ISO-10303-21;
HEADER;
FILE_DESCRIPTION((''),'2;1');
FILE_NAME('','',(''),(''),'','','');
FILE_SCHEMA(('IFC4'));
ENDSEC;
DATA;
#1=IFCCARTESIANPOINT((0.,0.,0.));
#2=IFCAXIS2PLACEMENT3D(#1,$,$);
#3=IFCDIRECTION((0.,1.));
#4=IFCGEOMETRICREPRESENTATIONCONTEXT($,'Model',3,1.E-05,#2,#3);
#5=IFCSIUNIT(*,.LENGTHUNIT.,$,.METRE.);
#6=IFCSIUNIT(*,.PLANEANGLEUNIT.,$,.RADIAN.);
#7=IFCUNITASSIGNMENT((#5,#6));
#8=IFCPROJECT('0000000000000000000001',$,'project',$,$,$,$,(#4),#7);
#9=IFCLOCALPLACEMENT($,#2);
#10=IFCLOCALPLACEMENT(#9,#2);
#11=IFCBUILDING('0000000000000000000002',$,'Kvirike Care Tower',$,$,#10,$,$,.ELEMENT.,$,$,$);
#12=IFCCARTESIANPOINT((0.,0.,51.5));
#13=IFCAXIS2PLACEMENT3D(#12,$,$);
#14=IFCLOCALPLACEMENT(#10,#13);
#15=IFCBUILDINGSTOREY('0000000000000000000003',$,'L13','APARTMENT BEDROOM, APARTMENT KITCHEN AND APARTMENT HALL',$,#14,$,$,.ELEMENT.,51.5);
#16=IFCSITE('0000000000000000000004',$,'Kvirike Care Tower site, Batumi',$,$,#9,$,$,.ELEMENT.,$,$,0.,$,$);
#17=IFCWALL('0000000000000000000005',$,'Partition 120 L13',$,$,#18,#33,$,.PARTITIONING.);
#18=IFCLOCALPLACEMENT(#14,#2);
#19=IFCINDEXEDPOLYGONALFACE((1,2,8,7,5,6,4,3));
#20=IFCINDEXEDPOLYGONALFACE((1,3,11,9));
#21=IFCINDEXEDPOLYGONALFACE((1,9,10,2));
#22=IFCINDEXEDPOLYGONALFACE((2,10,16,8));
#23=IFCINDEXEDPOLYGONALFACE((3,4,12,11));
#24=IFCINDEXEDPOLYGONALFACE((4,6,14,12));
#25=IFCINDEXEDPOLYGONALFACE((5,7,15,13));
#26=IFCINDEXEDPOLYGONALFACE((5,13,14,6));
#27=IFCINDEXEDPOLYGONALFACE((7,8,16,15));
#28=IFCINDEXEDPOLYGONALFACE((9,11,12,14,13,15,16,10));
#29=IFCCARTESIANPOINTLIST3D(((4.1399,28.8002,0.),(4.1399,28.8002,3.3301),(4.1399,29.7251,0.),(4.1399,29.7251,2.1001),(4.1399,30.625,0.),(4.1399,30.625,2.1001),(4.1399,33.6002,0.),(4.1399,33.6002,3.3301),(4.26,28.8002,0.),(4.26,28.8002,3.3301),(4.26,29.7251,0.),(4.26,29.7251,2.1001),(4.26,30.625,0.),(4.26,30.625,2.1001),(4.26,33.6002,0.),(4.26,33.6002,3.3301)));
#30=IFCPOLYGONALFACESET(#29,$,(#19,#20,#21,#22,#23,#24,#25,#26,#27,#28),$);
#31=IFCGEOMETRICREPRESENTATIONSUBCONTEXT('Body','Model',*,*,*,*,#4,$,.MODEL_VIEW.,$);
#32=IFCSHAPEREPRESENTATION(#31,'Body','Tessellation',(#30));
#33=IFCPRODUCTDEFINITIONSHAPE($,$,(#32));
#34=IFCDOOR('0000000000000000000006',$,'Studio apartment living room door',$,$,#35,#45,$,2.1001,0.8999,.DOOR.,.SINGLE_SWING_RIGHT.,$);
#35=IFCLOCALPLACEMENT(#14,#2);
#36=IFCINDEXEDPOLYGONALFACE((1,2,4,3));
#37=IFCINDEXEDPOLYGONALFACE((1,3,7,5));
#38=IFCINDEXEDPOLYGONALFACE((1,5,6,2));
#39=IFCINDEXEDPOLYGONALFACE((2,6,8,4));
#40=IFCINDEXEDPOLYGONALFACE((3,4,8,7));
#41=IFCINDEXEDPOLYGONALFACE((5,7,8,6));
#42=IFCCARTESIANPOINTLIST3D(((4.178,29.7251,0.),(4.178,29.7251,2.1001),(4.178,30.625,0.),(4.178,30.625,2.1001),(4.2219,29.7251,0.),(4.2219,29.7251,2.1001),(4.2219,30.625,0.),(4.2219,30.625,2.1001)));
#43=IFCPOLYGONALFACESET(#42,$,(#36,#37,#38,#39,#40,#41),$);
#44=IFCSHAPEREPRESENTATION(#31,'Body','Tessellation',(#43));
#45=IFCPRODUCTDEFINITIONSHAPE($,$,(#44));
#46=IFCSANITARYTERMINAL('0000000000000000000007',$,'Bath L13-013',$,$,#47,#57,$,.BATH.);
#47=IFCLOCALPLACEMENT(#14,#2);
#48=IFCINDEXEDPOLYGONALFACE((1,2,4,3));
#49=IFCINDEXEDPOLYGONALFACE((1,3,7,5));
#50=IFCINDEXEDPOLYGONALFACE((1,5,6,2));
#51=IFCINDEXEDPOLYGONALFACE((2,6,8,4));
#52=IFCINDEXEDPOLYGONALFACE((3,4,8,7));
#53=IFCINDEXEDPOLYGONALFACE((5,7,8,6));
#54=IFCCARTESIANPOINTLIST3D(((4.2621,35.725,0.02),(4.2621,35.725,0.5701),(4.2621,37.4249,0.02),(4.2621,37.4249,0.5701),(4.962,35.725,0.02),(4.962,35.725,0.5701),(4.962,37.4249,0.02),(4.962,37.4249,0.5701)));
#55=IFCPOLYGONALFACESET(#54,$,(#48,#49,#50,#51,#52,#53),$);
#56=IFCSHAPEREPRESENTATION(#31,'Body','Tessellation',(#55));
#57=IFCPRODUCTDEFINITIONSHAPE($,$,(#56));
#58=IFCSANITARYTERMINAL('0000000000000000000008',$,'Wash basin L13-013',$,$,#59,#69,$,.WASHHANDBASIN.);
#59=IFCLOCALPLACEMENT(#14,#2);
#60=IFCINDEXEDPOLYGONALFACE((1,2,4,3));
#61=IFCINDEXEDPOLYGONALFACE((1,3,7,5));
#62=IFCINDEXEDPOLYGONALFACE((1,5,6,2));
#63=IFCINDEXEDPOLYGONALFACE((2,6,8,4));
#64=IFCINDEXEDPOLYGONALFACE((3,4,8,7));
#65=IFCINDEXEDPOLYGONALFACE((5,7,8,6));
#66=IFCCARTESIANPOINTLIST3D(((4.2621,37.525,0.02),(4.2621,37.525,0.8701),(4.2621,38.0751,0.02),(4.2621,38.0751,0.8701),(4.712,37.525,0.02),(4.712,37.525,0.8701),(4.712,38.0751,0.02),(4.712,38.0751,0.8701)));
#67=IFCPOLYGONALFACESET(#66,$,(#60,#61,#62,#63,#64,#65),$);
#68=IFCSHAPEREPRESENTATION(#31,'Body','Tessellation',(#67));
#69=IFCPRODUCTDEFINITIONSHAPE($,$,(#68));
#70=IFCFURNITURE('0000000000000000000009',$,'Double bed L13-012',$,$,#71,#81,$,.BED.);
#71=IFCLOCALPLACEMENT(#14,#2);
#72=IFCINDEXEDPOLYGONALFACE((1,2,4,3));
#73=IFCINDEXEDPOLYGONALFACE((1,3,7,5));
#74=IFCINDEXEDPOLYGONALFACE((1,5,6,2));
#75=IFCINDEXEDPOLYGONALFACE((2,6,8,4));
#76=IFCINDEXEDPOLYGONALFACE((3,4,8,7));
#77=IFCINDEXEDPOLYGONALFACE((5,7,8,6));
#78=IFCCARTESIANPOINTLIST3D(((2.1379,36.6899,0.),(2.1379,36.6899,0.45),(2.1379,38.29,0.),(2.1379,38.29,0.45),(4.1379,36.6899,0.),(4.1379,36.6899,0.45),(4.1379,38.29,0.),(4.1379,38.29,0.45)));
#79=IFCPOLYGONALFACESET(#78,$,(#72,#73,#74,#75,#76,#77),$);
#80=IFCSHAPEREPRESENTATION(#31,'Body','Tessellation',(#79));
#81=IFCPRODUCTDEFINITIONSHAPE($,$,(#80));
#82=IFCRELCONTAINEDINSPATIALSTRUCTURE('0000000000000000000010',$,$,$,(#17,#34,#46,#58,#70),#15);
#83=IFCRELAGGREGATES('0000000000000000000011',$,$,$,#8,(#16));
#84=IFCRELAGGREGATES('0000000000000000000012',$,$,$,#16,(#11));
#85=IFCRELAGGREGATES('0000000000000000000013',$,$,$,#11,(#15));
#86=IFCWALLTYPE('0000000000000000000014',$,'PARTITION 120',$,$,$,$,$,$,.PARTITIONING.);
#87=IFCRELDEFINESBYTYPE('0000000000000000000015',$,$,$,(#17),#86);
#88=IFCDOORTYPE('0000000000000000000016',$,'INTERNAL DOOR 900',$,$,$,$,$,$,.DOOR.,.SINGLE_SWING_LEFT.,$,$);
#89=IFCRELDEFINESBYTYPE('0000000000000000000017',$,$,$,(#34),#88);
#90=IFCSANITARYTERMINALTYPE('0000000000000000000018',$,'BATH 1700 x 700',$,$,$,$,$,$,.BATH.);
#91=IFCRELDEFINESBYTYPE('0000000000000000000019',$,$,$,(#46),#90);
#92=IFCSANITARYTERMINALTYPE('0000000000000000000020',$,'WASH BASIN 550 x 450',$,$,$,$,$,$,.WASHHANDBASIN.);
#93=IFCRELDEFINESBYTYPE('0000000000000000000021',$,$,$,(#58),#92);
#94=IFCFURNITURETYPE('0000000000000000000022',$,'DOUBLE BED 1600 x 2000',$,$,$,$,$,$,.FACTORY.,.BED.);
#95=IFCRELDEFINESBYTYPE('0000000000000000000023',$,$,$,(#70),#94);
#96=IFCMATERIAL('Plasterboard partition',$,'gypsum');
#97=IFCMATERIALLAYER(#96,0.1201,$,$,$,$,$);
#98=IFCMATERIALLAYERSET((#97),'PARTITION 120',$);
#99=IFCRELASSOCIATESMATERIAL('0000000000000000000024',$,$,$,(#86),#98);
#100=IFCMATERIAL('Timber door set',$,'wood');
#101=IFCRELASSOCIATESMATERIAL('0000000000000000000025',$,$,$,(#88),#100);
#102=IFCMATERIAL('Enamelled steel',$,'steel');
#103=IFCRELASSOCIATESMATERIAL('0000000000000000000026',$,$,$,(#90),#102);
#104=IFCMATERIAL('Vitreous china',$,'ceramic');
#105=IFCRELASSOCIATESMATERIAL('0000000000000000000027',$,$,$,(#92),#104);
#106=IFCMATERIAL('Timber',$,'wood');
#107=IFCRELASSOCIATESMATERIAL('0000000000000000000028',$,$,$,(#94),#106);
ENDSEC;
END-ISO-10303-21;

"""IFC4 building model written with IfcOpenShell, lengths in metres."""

from ifc_helpers import new_model, si_unit, direction, frame, frame_2d, origin, origin_2d, place, context, subcontext, project, spatial, rectangle, extrude, material, layer, layer_set, type_object, element, fill, save


model = new_model("IFC4")

# Units and contexts
model_context = context("Model", 3, precision=1e-05, world=origin(), true_north=direction((0.0, 1.0)))
body_context = subcontext(model_context, "Body", "Model", "MODEL_VIEW")
ifc_project = project(units=[si_unit("LENGTHUNIT", "METRE"), si_unit("PLANEANGLEUNIT", "RADIAN")], contexts=[model_context])

# Site, building, storey
site_placement = place(None, origin())
site = spatial("IfcSite", under=ifc_project, at=site_placement, Name="Kvirike Care Tower site, Batumi", CompositionType="ELEMENT", RefElevation=0.0)
building_placement = place(site_placement, origin())
building = spatial("IfcBuilding", under=site, at=building_placement, Name="Kvirike Care Tower", CompositionType="ELEMENT")
storey_placement = place(building_placement, frame((0.0, 0.0, 51.5)))
storey = spatial("IfcBuildingStorey", under=building, at=storey_placement, Name="L13", Description="APARTMENT BEDROOM, APARTMENT KITCHEN AND APARTMENT HALL", CompositionType="ELEMENT", Elevation=51.5)

# Shared definitions
ifc_material_1 = material(Name="Plasterboard partition", Category="gypsum")
ifc_layer_1 = layer(ifc_material_1, 0.1201)
ifc_layer_set_1 = layer_set([ifc_layer_1], Name="PARTITION 120")
wall_type_1 = type_object("IfcWallType", Name="PARTITION 120", PredefinedType="PARTITIONING", material=ifc_layer_set_1)
ifc_material_2 = material(Name="Timber door set", Category="wood")
door_type_1 = type_object("IfcDoorType", Name="INTERNAL DOOR 900", OperationType="SINGLE_SWING_LEFT", PredefinedType="DOOR", material=ifc_material_2)

# Wall, opening, door
wall_1_placement = place(storey_placement, frame((4.2, 33.6001, 0.0), z_axis=(0.0, 0.0, 1.0), x_axis=(0.0, -1.0, 0.0)))
wall_1 = element("IfcWall", 1, at=wall_1_placement, inside=storey, type_object=wall_type_1, Name="Partition 120 L13", PredefinedType="PARTITIONING", context=body_context, shape_type="SweptSolid", body=[
    extrude(rectangle(XDim=4.8, YDim=0.1201, at=frame_2d((2.3999, 0.0))), origin(), (0.0, 0.0, 1.0), 3.3301),
])
opening_1_placement = place(wall_1_placement, frame((2.9751, 0.0, 0.0)))
opening_1 = element("IfcOpeningElement", 2, at=opening_1_placement, cuts=wall_1, PredefinedType="OPENING", context=body_context, shape_type="SweptSolid", body=[
    extrude(rectangle(XDim=0.8999, YDim=2.1001, at=frame_2d((0.45, 1.05))), frame((0.0, 0.0706, 0.0), z_axis=(0.0, -1.0, 0.0), x_axis=(1.0, 0.0, 0.0)), (0.0, 0.0, 1.0), 0.1411),
])
door_1_placement = place(opening_1_placement, frame((0.8999, 0.0, 0.0), z_axis=(0.0, 0.0, 1.0), x_axis=(-1.0, 0.0, 0.0)))
door_1 = element("IfcDoor", 3, at=door_1_placement, inside=storey, type_object=door_type_1, Name="Studio apartment living room door", OperationType="SINGLE_SWING_RIGHT", OverallHeight=2.1001, OverallWidth=0.8999, PredefinedType="DOOR", context=body_context, shape_type="SweptSolid", body=[
    extrude(rectangle(XDim=0.8999, YDim=2.1001, at=frame_2d((0.45, 1.05))), frame((0.0, 0.022, 0.0), z_axis=(0.0, -1.0, 0.0), x_axis=(1.0, 0.0, 0.0)), (0.0, 0.0, 1.0), 0.0439),
])
fill(opening_1, door_1)

# Sanitary terminals
ifc_material_3 = material(Name="Enamelled steel", Category="steel")
sanitary_terminal_type_1 = type_object("IfcSanitaryTerminalType", Name="BATH 1700 x 700", PredefinedType="BATH", material=ifc_material_3)
sanitary_terminal_1_placement = place(storey_placement, frame((4.6121, 36.575, 0.02), z_axis=(0.0, 0.0, 1.0), x_axis=(0.0, 1.0, 0.0)))
element("IfcSanitaryTerminal", 4, at=sanitary_terminal_1_placement, inside=storey, type_object=sanitary_terminal_type_1, Name="Bath L13-013", PredefinedType="BATH", context=body_context, shape_type="SweptSolid", body=[
    extrude(rectangle(XDim=1.7, YDim=0.7, at=origin_2d()), origin(), (0.0, 0.0, 1.0), 0.55),
])
ifc_material_4 = material(Name="Vitreous china", Category="ceramic")
sanitary_terminal_type_2 = type_object("IfcSanitaryTerminalType", Name="WASH BASIN 550 x 450", PredefinedType="WASHHANDBASIN", material=ifc_material_4)
sanitary_terminal_2_placement = place(storey_placement, frame((4.4871, 37.8, 0.02), z_axis=(0.0, 0.0, 1.0), x_axis=(0.0, 1.0, 0.0)))
element("IfcSanitaryTerminal", 5, at=sanitary_terminal_2_placement, inside=storey, type_object=sanitary_terminal_type_2, Name="Wash basin L13-013", PredefinedType="WASHHANDBASIN", context=body_context, shape_type="SweptSolid", body=[
    extrude(rectangle(XDim=0.55, YDim=0.45, at=origin_2d()), origin(), (0.0, 0.0, 1.0), 0.8501),
])

# Furniture
ifc_material_5 = material(Name="Timber", Category="wood")
furniture_type = type_object("IfcFurnitureType", Name="DOUBLE BED 1600 x 2000", AssemblyPlace="FACTORY", PredefinedType="BED", material=ifc_material_5)
furniture_placement = place(storey_placement, frame((3.1379, 37.49, 0.0), z_axis=(0.0, 0.0, 1.0), x_axis=(0.0, -1.0, 0.0)))
element("IfcFurniture", 6, at=furniture_placement, inside=storey, type_object=furniture_type, Name="Double bed L13-012", PredefinedType="BED", context=body_context, shape_type="SweptSolid", body=[
    extrude(rectangle(XDim=1.6001, YDim=2.0, at=origin_2d()), origin(), (0.0, 0.0, 1.0), 0.45),
])

save(model, "model.ifc")
